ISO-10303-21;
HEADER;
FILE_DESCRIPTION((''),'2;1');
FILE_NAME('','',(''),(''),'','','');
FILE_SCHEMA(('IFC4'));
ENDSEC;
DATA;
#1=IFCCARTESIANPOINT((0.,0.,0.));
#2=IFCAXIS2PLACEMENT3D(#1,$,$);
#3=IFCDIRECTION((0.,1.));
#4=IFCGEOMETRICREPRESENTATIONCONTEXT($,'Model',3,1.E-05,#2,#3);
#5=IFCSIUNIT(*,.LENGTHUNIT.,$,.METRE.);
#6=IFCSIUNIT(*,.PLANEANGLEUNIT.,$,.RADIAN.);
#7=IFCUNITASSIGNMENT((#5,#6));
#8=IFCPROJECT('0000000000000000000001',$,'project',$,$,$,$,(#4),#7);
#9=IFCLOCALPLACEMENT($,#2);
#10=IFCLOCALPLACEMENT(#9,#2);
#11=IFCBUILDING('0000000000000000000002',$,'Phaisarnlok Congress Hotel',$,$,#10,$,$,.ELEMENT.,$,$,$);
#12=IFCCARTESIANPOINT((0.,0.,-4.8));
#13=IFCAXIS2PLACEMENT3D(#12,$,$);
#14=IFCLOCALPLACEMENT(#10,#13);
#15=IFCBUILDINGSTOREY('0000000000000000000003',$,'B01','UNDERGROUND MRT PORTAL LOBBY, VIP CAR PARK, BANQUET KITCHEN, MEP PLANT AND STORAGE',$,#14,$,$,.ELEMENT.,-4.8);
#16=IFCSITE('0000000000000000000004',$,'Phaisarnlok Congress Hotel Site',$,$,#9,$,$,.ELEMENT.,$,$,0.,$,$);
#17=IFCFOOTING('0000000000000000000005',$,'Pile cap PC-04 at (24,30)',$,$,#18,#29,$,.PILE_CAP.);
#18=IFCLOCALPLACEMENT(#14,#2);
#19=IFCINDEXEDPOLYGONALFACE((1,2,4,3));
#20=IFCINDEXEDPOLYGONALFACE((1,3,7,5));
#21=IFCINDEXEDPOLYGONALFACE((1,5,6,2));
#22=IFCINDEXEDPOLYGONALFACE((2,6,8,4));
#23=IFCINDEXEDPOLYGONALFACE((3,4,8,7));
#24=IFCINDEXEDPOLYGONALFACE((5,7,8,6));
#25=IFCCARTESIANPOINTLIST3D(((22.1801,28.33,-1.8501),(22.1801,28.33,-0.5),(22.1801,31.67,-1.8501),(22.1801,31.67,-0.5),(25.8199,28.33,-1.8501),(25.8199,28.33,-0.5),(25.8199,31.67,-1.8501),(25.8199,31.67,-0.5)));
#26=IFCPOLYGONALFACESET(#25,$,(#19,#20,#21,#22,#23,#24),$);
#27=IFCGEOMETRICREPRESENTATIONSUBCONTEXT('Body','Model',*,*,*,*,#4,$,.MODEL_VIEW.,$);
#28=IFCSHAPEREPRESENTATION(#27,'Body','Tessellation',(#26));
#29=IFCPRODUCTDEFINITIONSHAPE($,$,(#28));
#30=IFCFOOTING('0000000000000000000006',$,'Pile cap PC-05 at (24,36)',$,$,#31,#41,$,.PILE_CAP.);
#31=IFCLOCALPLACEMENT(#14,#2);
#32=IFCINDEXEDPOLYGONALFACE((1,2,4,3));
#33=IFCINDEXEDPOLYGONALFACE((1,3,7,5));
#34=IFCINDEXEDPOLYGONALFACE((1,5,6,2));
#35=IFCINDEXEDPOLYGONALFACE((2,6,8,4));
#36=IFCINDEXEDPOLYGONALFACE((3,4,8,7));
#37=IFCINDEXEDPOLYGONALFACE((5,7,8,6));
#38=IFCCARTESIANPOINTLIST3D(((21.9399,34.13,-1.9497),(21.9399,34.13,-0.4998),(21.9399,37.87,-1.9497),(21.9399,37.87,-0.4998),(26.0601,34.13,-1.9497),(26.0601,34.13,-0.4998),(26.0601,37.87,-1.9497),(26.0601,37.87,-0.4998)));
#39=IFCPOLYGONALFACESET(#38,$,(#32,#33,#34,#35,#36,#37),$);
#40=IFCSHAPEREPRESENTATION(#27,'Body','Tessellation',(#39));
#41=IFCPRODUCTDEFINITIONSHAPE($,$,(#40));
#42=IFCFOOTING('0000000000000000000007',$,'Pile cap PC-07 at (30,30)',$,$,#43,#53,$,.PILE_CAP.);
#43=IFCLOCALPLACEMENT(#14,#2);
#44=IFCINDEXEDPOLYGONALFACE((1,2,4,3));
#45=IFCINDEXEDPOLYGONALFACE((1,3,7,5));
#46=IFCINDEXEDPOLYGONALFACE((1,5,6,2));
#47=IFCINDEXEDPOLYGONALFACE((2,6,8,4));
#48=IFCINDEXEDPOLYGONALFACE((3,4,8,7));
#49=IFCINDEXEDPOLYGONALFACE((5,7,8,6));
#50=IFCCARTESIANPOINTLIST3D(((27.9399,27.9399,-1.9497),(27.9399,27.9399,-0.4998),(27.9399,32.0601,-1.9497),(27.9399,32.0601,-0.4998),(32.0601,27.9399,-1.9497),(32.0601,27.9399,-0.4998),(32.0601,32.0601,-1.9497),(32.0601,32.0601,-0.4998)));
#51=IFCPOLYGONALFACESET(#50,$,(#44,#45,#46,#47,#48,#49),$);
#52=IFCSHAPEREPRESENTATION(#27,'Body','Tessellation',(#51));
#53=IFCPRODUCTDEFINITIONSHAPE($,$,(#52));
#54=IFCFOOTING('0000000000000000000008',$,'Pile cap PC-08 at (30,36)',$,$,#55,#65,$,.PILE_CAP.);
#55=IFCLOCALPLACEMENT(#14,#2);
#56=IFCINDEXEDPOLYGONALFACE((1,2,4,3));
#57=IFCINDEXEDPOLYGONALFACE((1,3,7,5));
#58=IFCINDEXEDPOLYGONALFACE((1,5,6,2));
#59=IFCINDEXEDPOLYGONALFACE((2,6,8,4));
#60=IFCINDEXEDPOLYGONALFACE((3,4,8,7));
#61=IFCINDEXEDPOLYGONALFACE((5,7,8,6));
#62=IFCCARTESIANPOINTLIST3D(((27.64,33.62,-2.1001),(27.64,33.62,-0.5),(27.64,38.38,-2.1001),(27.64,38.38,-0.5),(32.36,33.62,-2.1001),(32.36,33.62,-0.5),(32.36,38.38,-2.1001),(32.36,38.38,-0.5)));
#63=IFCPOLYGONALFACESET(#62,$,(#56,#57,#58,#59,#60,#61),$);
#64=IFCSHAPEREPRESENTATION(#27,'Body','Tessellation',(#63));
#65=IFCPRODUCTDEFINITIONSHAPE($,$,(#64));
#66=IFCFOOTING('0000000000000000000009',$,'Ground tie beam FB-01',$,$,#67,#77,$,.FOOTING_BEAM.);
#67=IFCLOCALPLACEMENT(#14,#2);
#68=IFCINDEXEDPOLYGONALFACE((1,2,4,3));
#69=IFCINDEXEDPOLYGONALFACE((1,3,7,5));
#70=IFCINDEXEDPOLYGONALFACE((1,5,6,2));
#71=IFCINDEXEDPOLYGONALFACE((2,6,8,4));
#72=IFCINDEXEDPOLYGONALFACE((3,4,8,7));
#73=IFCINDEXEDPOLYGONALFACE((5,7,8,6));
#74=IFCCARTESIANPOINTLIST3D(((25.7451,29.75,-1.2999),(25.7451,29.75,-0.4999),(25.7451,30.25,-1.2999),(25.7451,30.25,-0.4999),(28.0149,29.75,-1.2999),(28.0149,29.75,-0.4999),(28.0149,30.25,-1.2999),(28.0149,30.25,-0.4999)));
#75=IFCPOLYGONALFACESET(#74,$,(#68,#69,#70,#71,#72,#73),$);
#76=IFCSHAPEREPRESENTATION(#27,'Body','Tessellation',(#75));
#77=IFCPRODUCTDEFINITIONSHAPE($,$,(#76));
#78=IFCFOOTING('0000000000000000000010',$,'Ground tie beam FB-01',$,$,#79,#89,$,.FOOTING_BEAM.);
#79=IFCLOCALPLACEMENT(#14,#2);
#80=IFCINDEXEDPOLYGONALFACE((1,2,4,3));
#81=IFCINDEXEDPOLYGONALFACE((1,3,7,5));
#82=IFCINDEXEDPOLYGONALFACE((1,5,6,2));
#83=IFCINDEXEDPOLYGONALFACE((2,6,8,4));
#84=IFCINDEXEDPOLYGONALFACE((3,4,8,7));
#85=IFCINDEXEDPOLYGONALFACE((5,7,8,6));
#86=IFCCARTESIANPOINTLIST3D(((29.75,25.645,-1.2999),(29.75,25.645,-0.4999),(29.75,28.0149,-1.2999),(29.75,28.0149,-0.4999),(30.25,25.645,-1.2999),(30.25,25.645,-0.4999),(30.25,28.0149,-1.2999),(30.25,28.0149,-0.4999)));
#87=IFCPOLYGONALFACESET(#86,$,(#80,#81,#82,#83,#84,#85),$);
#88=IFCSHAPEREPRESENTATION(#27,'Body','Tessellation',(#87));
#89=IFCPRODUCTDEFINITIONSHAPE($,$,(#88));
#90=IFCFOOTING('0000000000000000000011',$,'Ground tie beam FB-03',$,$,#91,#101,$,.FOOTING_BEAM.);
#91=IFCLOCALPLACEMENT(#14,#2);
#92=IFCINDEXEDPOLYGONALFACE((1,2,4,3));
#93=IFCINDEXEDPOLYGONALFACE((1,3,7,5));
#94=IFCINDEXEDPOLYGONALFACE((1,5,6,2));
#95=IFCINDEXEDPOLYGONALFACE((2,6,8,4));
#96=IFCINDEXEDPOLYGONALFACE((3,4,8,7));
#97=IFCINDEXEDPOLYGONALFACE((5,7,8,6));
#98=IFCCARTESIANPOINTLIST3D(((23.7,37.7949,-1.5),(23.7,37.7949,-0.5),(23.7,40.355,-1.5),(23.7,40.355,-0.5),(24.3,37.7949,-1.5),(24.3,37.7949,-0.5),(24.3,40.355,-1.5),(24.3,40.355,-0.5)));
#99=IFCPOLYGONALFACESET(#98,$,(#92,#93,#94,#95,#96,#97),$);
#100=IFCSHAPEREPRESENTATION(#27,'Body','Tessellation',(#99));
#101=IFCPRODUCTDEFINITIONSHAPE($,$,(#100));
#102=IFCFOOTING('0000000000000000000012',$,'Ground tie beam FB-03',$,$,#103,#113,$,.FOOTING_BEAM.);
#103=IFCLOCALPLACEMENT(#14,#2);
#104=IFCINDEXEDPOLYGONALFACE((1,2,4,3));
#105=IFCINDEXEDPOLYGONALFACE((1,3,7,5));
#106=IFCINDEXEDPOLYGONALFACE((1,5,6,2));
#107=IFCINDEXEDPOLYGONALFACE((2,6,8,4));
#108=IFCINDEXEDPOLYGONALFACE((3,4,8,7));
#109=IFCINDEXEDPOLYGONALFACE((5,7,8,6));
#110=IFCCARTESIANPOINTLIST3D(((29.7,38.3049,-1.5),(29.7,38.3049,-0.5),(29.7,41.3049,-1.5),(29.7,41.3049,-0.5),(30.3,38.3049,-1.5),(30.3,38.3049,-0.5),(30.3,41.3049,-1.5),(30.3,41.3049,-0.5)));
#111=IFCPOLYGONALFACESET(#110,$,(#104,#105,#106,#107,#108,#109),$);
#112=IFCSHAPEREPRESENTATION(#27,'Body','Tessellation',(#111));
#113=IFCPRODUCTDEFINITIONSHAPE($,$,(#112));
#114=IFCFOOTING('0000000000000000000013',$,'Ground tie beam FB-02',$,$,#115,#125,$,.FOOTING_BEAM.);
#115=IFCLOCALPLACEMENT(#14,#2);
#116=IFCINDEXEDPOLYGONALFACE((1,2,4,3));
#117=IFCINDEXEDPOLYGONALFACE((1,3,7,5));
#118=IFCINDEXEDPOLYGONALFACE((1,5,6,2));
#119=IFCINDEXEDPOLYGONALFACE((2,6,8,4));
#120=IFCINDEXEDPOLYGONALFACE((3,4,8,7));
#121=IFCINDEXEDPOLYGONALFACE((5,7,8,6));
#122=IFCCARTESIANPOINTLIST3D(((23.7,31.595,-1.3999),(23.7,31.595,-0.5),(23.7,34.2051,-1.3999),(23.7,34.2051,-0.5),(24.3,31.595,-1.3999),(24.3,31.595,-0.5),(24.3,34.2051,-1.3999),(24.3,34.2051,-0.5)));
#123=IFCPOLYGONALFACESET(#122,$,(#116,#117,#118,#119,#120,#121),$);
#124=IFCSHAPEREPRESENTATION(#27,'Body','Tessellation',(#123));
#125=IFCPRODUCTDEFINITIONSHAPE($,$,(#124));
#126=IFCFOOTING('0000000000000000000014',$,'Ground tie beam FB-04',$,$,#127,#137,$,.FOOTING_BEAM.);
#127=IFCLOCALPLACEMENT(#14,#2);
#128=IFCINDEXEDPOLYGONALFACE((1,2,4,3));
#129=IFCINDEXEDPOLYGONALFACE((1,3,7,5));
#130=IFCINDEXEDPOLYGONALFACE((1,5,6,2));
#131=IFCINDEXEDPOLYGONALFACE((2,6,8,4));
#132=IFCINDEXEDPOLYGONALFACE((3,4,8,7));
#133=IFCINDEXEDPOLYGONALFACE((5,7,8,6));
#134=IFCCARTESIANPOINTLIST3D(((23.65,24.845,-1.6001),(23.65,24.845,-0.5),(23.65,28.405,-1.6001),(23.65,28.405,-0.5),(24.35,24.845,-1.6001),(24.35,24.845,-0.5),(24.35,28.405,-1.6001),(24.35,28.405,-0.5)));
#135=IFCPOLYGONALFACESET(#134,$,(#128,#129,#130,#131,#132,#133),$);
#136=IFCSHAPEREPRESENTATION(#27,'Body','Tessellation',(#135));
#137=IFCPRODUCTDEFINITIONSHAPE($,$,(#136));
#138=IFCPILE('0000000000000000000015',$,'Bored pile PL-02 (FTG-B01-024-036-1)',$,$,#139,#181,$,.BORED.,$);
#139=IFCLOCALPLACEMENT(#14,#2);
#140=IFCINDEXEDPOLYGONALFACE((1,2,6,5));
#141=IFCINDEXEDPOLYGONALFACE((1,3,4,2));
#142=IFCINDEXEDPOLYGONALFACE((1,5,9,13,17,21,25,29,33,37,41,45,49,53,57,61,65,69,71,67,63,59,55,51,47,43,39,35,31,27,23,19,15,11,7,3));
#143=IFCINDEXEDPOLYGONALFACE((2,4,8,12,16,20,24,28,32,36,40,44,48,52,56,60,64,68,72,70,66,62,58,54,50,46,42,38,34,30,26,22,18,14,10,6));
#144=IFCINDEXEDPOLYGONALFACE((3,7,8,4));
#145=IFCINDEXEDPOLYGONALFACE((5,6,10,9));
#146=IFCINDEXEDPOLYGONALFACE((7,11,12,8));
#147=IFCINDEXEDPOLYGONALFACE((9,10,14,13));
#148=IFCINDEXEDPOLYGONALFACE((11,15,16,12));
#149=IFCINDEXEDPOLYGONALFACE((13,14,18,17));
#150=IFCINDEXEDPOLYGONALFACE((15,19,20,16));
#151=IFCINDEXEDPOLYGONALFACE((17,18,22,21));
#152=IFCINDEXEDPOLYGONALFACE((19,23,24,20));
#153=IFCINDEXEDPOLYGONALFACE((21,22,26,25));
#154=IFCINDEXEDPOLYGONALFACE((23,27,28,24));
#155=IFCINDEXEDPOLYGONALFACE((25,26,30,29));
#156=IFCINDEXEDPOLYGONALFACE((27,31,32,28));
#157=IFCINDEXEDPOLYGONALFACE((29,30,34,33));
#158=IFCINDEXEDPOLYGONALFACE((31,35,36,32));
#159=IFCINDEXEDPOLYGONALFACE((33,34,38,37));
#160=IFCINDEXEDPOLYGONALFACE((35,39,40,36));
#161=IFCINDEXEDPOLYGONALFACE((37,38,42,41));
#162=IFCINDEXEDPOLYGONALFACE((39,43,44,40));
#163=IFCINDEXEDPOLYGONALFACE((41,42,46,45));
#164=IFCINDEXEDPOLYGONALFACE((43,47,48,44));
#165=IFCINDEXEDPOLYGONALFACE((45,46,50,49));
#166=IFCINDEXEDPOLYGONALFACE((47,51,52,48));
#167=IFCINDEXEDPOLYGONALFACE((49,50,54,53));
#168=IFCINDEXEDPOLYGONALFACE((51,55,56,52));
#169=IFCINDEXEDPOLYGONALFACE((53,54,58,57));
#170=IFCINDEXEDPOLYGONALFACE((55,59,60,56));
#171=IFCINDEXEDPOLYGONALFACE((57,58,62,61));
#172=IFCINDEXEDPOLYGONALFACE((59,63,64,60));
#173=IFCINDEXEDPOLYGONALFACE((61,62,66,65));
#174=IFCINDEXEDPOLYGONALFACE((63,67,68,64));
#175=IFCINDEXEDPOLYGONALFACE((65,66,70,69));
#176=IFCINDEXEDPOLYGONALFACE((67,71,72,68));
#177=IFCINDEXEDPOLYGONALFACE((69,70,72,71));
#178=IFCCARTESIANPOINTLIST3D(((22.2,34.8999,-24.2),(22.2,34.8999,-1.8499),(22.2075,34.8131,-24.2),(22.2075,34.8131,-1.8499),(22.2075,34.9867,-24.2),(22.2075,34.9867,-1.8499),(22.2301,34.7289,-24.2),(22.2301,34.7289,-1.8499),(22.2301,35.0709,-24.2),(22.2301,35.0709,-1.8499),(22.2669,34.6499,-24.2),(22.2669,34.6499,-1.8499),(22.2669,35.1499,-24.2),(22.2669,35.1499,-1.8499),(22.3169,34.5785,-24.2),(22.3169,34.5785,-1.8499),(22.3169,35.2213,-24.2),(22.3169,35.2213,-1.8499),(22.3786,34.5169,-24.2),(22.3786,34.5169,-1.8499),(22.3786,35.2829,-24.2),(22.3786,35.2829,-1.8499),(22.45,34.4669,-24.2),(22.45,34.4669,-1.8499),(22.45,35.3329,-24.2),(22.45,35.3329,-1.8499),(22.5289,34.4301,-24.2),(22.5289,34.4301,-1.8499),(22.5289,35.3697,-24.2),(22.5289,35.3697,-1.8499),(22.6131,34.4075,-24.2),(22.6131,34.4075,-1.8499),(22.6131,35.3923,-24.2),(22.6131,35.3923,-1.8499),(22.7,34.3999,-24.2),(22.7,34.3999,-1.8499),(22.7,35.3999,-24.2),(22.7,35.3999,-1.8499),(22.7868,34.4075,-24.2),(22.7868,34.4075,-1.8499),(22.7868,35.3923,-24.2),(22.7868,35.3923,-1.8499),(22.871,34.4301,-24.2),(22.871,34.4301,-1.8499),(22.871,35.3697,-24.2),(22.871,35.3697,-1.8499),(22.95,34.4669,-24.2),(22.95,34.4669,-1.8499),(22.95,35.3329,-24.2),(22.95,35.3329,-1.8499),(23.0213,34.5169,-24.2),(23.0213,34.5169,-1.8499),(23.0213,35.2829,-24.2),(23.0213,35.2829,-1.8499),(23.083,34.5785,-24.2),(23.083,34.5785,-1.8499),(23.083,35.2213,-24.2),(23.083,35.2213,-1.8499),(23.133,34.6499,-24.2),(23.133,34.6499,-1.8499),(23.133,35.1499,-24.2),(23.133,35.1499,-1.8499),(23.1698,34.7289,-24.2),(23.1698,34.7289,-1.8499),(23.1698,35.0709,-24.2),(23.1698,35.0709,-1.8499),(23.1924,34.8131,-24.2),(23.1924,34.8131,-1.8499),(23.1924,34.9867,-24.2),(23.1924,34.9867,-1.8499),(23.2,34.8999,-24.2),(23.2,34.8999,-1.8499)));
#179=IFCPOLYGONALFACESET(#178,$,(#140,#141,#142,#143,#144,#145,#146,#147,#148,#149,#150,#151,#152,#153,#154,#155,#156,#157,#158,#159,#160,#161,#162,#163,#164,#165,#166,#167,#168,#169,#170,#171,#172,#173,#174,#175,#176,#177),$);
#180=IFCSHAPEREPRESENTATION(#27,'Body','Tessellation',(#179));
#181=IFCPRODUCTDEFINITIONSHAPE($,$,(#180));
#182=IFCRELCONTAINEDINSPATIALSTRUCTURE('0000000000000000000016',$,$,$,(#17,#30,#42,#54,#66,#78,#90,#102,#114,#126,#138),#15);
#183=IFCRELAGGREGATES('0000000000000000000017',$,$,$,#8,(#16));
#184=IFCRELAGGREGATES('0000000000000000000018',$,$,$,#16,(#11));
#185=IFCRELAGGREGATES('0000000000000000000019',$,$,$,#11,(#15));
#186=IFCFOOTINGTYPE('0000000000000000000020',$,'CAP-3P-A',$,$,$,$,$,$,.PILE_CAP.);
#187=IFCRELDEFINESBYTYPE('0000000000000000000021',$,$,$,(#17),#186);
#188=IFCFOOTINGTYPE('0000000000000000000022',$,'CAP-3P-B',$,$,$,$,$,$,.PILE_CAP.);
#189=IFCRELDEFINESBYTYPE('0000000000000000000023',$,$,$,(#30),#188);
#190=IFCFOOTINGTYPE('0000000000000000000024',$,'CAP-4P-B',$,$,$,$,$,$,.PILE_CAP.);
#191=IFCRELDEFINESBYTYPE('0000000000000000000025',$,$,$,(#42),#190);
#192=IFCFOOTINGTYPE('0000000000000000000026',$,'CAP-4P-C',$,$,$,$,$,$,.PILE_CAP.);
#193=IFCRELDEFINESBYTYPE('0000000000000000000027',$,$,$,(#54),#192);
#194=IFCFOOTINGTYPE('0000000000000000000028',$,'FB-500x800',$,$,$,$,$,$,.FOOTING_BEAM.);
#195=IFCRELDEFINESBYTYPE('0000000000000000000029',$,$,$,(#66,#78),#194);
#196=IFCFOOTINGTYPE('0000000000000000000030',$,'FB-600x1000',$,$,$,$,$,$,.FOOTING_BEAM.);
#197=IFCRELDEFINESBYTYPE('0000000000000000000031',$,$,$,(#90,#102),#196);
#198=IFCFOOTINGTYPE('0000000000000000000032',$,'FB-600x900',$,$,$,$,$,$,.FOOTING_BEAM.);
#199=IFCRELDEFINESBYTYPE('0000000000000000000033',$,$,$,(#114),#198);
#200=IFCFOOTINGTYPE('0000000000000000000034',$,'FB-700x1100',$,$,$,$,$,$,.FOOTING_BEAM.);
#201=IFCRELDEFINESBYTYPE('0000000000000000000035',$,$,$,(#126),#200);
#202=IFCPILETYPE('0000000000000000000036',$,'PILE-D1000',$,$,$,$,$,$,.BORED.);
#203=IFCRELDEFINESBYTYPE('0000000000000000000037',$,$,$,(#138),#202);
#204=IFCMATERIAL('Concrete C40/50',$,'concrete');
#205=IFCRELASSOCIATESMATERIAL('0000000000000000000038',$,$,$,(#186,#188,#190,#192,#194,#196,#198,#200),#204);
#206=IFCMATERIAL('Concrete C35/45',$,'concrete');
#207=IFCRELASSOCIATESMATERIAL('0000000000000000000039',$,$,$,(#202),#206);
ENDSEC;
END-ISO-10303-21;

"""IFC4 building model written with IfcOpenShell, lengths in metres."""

from ifc_helpers import new_model, si_unit, direction, frame, origin, origin_2d, place, context, subcontext, project, spatial, rectangle, circle, extrude, material, material_profile, profile_set, type_object, element, save


model = new_model("IFC4")

# Units and contexts
model_context = context("Model", 3, precision=1e-05, world=origin(), true_north=direction((0.0, 1.0)))
body_context = subcontext(model_context, "Body", "Model", "MODEL_VIEW")
ifc_project = project(units=[si_unit("LENGTHUNIT", "METRE"), si_unit("PLANEANGLEUNIT", "RADIAN")], contexts=[model_context])

# Site, building, storey
site_placement = place(None, origin())
site = spatial("IfcSite", under=ifc_project, at=site_placement, Name="Phaisarnlok Congress Hotel Site", CompositionType="ELEMENT", RefElevation=0.0)
building_placement = place(site_placement, origin())
building = spatial("IfcBuilding", under=site, at=building_placement, Name="Phaisarnlok Congress Hotel", CompositionType="ELEMENT")
storey_placement = place(building_placement, frame((0.0, 0.0, -4.8)))
storey = spatial("IfcBuildingStorey", under=building, at=storey_placement, Name="B01", Description="UNDERGROUND MRT PORTAL LOBBY, VIP CAR PARK, BANQUET KITCHEN, MEP PLANT AND STORAGE", CompositionType="ELEMENT", Elevation=-4.8)

# Footings
ifc_material_1 = material(Name="Concrete C40/50", Category="concrete")
footing_type_1 = type_object("IfcFootingType", Name="CAP-3P-A", PredefinedType="PILE_CAP", material=ifc_material_1)
footing_1_placement = place(storey_placement, frame((24.0, 30.0, -1.8501), z_axis=(0.0, 0.0, 1.0), x_axis=(1.0, 0.0, 0.0)))
element("IfcFooting", 1, at=footing_1_placement, inside=storey, type_object=footing_type_1, Name="Pile cap PC-04 at (24,30)", PredefinedType="PILE_CAP", context=body_context, shape_type="SweptSolid", body=[
    extrude(rectangle(XDim=3.6399, YDim=3.3401, at=origin_2d()), origin(), (0.0, 0.0, 1.0), 1.3501),
])
footing_type_2 = type_object("IfcFootingType", Name="CAP-3P-B", PredefinedType="PILE_CAP", material=ifc_material_1)
footing_2_placement = place(storey_placement, frame((24.0, 36.0, -1.9497), z_axis=(0.0, 0.0, 1.0), x_axis=(1.0, 0.0, 0.0)))
element("IfcFooting", 2, at=footing_2_placement, inside=storey, type_object=footing_type_2, Name="Pile cap PC-05 at (24,36)", PredefinedType="PILE_CAP", context=body_context, shape_type="SweptSolid", body=[
    extrude(rectangle(XDim=4.1201, YDim=3.74, at=origin_2d()), origin(), (0.0, 0.0, 1.0), 1.45),
])
footing_type_3 = type_object("IfcFootingType", Name="CAP-4P-B", PredefinedType="PILE_CAP", material=ifc_material_1)
footing_3_placement = place(storey_placement, frame((30.0, 30.0, -1.9497), z_axis=(0.0, 0.0, 1.0), x_axis=(1.0, 0.0, 0.0)))
element("IfcFooting", 3, at=footing_3_placement, inside=storey, type_object=footing_type_3, Name="Pile cap PC-07 at (30,30)", PredefinedType="PILE_CAP", context=body_context, shape_type="SweptSolid", body=[
    extrude(rectangle(XDim=4.1201, YDim=4.1201, at=origin_2d()), origin(), (0.0, 0.0, 1.0), 1.45),
])
footing_type_4 = type_object("IfcFootingType", Name="CAP-4P-C", PredefinedType="PILE_CAP", material=ifc_material_1)
footing_4_placement = place(storey_placement, frame((30.0, 36.0, -2.1001), z_axis=(0.0, 0.0, 1.0), x_axis=(1.0, 0.0, 0.0)))
element("IfcFooting", 4, at=footing_4_placement, inside=storey, type_object=footing_type_4, Name="Pile cap PC-08 at (30,36)", PredefinedType="PILE_CAP", context=body_context, shape_type="SweptSolid", body=[
    extrude(rectangle(XDim=4.72, YDim=4.76, at=origin_2d()), origin(), (0.0, 0.0, 1.0), 1.6001),
])
ifc_material_profile_1 = material_profile(ifc_material_1, rectangle(XDim=0.5, YDim=0.8, at=origin_2d()), Name="FB-500x800")
ifc_profile_set_1 = profile_set([ifc_material_profile_1], Name="Concrete C40/50")
footing_type_5 = type_object("IfcFootingType", Name="FB-500x800", PredefinedType="FOOTING_BEAM", material=ifc_profile_set_1)
footing_5_placement = place(storey_placement, frame((25.7451, 30.0, -0.8999), z_axis=(1.0, 0.0, 0.0), x_axis=(0.0, 1.0, 0.0)))
element("IfcFooting", 5, at=footing_5_placement, inside=storey, type_object=footing_type_5, Name="Ground tie beam FB-01", PredefinedType="FOOTING_BEAM", context=body_context, shape_type="SweptSolid", body=[
    extrude(rectangle(XDim=0.5, YDim=0.8, at=origin_2d()), origin(), (0.0, 0.0, 1.0), 2.2698),
])
footing_6_placement = place(storey_placement, frame((30.0, 25.645, -0.8999), z_axis=(0.0, 1.0, 0.0), x_axis=(-1.0, 0.0, 0.0)))
element("IfcFooting", 6, at=footing_6_placement, inside=storey, type_object=footing_type_5, Name="Ground tie beam FB-01", PredefinedType="FOOTING_BEAM", context=body_context, shape_type="SweptSolid", body=[
    extrude(rectangle(XDim=0.5, YDim=0.8, at=origin_2d()), origin(), (0.0, 0.0, 1.0), 2.3699),
])
ifc_material_profile_2 = material_profile(ifc_material_1, rectangle(XDim=0.6001, YDim=1.0, at=origin_2d()), Name="FB-600x1000")
ifc_profile_set_2 = profile_set([ifc_material_profile_2], Name="Concrete C40/50")
footing_type_6 = type_object("IfcFootingType", Name="FB-600x1000", PredefinedType="FOOTING_BEAM", material=ifc_profile_set_2)
footing_7_placement = place(storey_placement, frame((24.0, 37.7949, -1.0), z_axis=(0.0, 1.0, 0.0), x_axis=(-1.0, 0.0, 0.0)))
element("IfcFooting", 7, at=footing_7_placement, inside=storey, type_object=footing_type_6, Name="Ground tie beam FB-03", PredefinedType="FOOTING_BEAM", context=body_context, shape_type="SweptSolid", body=[
    extrude(rectangle(XDim=0.6001, YDim=1.0, at=origin_2d()), origin(), (0.0, 0.0, 1.0), 2.5601),
])
footing_8_placement = place(storey_placement, frame((30.0, 38.3049, -1.0), z_axis=(0.0, 1.0, 0.0), x_axis=(-1.0, 0.0, 0.0)))
element("IfcFooting", 8, at=footing_8_placement, inside=storey, type_object=footing_type_6, Name="Ground tie beam FB-03", PredefinedType="FOOTING_BEAM", context=body_context, shape_type="SweptSolid", body=[
    extrude(rectangle(XDim=0.6001, YDim=1.0, at=origin_2d()), origin(), (0.0, 0.0, 1.0), 3.0),
])
ifc_material_profile_3 = material_profile(ifc_material_1, rectangle(XDim=0.6001, YDim=0.8999, at=origin_2d()), Name="FB-600x900")
ifc_profile_set_3 = profile_set([ifc_material_profile_3], Name="Concrete C40/50")
footing_type_7 = type_object("IfcFootingType", Name="FB-600x900", PredefinedType="FOOTING_BEAM", material=ifc_profile_set_3)
footing_9_placement = place(storey_placement, frame((24.0, 31.595, -0.95), z_axis=(0.0, 1.0, 0.0), x_axis=(-1.0, 0.0, 0.0)))
element("IfcFooting", 9, at=footing_9_placement, inside=storey, type_object=footing_type_7, Name="Ground tie beam FB-02", PredefinedType="FOOTING_BEAM", context=body_context, shape_type="SweptSolid", body=[
    extrude(rectangle(XDim=0.6001, YDim=0.8999, at=origin_2d()), origin(), (0.0, 0.0, 1.0), 2.6101),
])
ifc_material_profile_4 = material_profile(ifc_material_1, rectangle(XDim=0.7, YDim=1.1001, at=origin_2d()), Name="FB-700x1100")
ifc_profile_set_4 = profile_set([ifc_material_profile_4], Name="Concrete C40/50")
footing_type_8 = type_object("IfcFootingType", Name="FB-700x1100", PredefinedType="FOOTING_BEAM", material=ifc_profile_set_4)
footing_10_placement = place(storey_placement, frame((24.0, 24.845, -1.05), z_axis=(0.0, 1.0, 0.0), x_axis=(-1.0, 0.0, 0.0)))
element("IfcFooting", 10, at=footing_10_placement, inside=storey, type_object=footing_type_8, Name="Ground tie beam FB-04", PredefinedType="FOOTING_BEAM", context=body_context, shape_type="SweptSolid", body=[
    extrude(rectangle(XDim=0.7, YDim=1.1001, at=origin_2d()), origin(), (0.0, 0.0, 1.0), 3.5601),
])

# Pile
ifc_material_2 = material(Name="Concrete C35/45", Category="concrete")
ifc_material_profile_5 = material_profile(ifc_material_2, circle(Radius=0.5, at=origin_2d()), Name="BORED PILE D1000")
ifc_profile_set_5 = profile_set([ifc_material_profile_5], Name="Concrete C35/45")
pile_type_1 = type_object("IfcPileType", Name="PILE-D1000", PredefinedType="BORED", material=ifc_profile_set_5)
for number, where, z_axis, x_axis, name in (
    (11, (22.7, 34.8999, -1.8499), (0.0, 0.0, -1.0), (1.0, 0.0, 0.0), "Bored pile PL-02 (FTG-B01-024-036-1)"),
):
    element("IfcPile", number, at=place(storey_placement, frame(where, z_axis=z_axis, x_axis=x_axis)), inside=storey, type_object=pile_type_1, Name=name, PredefinedType="BORED", context=body_context, shape_type="SweptSolid", body=[
        extrude(circle(Radius=0.5, at=origin_2d()), origin(), (0.0, 0.0, 1.0), 22.3501),
    ])

save(model, "model.ifc")
